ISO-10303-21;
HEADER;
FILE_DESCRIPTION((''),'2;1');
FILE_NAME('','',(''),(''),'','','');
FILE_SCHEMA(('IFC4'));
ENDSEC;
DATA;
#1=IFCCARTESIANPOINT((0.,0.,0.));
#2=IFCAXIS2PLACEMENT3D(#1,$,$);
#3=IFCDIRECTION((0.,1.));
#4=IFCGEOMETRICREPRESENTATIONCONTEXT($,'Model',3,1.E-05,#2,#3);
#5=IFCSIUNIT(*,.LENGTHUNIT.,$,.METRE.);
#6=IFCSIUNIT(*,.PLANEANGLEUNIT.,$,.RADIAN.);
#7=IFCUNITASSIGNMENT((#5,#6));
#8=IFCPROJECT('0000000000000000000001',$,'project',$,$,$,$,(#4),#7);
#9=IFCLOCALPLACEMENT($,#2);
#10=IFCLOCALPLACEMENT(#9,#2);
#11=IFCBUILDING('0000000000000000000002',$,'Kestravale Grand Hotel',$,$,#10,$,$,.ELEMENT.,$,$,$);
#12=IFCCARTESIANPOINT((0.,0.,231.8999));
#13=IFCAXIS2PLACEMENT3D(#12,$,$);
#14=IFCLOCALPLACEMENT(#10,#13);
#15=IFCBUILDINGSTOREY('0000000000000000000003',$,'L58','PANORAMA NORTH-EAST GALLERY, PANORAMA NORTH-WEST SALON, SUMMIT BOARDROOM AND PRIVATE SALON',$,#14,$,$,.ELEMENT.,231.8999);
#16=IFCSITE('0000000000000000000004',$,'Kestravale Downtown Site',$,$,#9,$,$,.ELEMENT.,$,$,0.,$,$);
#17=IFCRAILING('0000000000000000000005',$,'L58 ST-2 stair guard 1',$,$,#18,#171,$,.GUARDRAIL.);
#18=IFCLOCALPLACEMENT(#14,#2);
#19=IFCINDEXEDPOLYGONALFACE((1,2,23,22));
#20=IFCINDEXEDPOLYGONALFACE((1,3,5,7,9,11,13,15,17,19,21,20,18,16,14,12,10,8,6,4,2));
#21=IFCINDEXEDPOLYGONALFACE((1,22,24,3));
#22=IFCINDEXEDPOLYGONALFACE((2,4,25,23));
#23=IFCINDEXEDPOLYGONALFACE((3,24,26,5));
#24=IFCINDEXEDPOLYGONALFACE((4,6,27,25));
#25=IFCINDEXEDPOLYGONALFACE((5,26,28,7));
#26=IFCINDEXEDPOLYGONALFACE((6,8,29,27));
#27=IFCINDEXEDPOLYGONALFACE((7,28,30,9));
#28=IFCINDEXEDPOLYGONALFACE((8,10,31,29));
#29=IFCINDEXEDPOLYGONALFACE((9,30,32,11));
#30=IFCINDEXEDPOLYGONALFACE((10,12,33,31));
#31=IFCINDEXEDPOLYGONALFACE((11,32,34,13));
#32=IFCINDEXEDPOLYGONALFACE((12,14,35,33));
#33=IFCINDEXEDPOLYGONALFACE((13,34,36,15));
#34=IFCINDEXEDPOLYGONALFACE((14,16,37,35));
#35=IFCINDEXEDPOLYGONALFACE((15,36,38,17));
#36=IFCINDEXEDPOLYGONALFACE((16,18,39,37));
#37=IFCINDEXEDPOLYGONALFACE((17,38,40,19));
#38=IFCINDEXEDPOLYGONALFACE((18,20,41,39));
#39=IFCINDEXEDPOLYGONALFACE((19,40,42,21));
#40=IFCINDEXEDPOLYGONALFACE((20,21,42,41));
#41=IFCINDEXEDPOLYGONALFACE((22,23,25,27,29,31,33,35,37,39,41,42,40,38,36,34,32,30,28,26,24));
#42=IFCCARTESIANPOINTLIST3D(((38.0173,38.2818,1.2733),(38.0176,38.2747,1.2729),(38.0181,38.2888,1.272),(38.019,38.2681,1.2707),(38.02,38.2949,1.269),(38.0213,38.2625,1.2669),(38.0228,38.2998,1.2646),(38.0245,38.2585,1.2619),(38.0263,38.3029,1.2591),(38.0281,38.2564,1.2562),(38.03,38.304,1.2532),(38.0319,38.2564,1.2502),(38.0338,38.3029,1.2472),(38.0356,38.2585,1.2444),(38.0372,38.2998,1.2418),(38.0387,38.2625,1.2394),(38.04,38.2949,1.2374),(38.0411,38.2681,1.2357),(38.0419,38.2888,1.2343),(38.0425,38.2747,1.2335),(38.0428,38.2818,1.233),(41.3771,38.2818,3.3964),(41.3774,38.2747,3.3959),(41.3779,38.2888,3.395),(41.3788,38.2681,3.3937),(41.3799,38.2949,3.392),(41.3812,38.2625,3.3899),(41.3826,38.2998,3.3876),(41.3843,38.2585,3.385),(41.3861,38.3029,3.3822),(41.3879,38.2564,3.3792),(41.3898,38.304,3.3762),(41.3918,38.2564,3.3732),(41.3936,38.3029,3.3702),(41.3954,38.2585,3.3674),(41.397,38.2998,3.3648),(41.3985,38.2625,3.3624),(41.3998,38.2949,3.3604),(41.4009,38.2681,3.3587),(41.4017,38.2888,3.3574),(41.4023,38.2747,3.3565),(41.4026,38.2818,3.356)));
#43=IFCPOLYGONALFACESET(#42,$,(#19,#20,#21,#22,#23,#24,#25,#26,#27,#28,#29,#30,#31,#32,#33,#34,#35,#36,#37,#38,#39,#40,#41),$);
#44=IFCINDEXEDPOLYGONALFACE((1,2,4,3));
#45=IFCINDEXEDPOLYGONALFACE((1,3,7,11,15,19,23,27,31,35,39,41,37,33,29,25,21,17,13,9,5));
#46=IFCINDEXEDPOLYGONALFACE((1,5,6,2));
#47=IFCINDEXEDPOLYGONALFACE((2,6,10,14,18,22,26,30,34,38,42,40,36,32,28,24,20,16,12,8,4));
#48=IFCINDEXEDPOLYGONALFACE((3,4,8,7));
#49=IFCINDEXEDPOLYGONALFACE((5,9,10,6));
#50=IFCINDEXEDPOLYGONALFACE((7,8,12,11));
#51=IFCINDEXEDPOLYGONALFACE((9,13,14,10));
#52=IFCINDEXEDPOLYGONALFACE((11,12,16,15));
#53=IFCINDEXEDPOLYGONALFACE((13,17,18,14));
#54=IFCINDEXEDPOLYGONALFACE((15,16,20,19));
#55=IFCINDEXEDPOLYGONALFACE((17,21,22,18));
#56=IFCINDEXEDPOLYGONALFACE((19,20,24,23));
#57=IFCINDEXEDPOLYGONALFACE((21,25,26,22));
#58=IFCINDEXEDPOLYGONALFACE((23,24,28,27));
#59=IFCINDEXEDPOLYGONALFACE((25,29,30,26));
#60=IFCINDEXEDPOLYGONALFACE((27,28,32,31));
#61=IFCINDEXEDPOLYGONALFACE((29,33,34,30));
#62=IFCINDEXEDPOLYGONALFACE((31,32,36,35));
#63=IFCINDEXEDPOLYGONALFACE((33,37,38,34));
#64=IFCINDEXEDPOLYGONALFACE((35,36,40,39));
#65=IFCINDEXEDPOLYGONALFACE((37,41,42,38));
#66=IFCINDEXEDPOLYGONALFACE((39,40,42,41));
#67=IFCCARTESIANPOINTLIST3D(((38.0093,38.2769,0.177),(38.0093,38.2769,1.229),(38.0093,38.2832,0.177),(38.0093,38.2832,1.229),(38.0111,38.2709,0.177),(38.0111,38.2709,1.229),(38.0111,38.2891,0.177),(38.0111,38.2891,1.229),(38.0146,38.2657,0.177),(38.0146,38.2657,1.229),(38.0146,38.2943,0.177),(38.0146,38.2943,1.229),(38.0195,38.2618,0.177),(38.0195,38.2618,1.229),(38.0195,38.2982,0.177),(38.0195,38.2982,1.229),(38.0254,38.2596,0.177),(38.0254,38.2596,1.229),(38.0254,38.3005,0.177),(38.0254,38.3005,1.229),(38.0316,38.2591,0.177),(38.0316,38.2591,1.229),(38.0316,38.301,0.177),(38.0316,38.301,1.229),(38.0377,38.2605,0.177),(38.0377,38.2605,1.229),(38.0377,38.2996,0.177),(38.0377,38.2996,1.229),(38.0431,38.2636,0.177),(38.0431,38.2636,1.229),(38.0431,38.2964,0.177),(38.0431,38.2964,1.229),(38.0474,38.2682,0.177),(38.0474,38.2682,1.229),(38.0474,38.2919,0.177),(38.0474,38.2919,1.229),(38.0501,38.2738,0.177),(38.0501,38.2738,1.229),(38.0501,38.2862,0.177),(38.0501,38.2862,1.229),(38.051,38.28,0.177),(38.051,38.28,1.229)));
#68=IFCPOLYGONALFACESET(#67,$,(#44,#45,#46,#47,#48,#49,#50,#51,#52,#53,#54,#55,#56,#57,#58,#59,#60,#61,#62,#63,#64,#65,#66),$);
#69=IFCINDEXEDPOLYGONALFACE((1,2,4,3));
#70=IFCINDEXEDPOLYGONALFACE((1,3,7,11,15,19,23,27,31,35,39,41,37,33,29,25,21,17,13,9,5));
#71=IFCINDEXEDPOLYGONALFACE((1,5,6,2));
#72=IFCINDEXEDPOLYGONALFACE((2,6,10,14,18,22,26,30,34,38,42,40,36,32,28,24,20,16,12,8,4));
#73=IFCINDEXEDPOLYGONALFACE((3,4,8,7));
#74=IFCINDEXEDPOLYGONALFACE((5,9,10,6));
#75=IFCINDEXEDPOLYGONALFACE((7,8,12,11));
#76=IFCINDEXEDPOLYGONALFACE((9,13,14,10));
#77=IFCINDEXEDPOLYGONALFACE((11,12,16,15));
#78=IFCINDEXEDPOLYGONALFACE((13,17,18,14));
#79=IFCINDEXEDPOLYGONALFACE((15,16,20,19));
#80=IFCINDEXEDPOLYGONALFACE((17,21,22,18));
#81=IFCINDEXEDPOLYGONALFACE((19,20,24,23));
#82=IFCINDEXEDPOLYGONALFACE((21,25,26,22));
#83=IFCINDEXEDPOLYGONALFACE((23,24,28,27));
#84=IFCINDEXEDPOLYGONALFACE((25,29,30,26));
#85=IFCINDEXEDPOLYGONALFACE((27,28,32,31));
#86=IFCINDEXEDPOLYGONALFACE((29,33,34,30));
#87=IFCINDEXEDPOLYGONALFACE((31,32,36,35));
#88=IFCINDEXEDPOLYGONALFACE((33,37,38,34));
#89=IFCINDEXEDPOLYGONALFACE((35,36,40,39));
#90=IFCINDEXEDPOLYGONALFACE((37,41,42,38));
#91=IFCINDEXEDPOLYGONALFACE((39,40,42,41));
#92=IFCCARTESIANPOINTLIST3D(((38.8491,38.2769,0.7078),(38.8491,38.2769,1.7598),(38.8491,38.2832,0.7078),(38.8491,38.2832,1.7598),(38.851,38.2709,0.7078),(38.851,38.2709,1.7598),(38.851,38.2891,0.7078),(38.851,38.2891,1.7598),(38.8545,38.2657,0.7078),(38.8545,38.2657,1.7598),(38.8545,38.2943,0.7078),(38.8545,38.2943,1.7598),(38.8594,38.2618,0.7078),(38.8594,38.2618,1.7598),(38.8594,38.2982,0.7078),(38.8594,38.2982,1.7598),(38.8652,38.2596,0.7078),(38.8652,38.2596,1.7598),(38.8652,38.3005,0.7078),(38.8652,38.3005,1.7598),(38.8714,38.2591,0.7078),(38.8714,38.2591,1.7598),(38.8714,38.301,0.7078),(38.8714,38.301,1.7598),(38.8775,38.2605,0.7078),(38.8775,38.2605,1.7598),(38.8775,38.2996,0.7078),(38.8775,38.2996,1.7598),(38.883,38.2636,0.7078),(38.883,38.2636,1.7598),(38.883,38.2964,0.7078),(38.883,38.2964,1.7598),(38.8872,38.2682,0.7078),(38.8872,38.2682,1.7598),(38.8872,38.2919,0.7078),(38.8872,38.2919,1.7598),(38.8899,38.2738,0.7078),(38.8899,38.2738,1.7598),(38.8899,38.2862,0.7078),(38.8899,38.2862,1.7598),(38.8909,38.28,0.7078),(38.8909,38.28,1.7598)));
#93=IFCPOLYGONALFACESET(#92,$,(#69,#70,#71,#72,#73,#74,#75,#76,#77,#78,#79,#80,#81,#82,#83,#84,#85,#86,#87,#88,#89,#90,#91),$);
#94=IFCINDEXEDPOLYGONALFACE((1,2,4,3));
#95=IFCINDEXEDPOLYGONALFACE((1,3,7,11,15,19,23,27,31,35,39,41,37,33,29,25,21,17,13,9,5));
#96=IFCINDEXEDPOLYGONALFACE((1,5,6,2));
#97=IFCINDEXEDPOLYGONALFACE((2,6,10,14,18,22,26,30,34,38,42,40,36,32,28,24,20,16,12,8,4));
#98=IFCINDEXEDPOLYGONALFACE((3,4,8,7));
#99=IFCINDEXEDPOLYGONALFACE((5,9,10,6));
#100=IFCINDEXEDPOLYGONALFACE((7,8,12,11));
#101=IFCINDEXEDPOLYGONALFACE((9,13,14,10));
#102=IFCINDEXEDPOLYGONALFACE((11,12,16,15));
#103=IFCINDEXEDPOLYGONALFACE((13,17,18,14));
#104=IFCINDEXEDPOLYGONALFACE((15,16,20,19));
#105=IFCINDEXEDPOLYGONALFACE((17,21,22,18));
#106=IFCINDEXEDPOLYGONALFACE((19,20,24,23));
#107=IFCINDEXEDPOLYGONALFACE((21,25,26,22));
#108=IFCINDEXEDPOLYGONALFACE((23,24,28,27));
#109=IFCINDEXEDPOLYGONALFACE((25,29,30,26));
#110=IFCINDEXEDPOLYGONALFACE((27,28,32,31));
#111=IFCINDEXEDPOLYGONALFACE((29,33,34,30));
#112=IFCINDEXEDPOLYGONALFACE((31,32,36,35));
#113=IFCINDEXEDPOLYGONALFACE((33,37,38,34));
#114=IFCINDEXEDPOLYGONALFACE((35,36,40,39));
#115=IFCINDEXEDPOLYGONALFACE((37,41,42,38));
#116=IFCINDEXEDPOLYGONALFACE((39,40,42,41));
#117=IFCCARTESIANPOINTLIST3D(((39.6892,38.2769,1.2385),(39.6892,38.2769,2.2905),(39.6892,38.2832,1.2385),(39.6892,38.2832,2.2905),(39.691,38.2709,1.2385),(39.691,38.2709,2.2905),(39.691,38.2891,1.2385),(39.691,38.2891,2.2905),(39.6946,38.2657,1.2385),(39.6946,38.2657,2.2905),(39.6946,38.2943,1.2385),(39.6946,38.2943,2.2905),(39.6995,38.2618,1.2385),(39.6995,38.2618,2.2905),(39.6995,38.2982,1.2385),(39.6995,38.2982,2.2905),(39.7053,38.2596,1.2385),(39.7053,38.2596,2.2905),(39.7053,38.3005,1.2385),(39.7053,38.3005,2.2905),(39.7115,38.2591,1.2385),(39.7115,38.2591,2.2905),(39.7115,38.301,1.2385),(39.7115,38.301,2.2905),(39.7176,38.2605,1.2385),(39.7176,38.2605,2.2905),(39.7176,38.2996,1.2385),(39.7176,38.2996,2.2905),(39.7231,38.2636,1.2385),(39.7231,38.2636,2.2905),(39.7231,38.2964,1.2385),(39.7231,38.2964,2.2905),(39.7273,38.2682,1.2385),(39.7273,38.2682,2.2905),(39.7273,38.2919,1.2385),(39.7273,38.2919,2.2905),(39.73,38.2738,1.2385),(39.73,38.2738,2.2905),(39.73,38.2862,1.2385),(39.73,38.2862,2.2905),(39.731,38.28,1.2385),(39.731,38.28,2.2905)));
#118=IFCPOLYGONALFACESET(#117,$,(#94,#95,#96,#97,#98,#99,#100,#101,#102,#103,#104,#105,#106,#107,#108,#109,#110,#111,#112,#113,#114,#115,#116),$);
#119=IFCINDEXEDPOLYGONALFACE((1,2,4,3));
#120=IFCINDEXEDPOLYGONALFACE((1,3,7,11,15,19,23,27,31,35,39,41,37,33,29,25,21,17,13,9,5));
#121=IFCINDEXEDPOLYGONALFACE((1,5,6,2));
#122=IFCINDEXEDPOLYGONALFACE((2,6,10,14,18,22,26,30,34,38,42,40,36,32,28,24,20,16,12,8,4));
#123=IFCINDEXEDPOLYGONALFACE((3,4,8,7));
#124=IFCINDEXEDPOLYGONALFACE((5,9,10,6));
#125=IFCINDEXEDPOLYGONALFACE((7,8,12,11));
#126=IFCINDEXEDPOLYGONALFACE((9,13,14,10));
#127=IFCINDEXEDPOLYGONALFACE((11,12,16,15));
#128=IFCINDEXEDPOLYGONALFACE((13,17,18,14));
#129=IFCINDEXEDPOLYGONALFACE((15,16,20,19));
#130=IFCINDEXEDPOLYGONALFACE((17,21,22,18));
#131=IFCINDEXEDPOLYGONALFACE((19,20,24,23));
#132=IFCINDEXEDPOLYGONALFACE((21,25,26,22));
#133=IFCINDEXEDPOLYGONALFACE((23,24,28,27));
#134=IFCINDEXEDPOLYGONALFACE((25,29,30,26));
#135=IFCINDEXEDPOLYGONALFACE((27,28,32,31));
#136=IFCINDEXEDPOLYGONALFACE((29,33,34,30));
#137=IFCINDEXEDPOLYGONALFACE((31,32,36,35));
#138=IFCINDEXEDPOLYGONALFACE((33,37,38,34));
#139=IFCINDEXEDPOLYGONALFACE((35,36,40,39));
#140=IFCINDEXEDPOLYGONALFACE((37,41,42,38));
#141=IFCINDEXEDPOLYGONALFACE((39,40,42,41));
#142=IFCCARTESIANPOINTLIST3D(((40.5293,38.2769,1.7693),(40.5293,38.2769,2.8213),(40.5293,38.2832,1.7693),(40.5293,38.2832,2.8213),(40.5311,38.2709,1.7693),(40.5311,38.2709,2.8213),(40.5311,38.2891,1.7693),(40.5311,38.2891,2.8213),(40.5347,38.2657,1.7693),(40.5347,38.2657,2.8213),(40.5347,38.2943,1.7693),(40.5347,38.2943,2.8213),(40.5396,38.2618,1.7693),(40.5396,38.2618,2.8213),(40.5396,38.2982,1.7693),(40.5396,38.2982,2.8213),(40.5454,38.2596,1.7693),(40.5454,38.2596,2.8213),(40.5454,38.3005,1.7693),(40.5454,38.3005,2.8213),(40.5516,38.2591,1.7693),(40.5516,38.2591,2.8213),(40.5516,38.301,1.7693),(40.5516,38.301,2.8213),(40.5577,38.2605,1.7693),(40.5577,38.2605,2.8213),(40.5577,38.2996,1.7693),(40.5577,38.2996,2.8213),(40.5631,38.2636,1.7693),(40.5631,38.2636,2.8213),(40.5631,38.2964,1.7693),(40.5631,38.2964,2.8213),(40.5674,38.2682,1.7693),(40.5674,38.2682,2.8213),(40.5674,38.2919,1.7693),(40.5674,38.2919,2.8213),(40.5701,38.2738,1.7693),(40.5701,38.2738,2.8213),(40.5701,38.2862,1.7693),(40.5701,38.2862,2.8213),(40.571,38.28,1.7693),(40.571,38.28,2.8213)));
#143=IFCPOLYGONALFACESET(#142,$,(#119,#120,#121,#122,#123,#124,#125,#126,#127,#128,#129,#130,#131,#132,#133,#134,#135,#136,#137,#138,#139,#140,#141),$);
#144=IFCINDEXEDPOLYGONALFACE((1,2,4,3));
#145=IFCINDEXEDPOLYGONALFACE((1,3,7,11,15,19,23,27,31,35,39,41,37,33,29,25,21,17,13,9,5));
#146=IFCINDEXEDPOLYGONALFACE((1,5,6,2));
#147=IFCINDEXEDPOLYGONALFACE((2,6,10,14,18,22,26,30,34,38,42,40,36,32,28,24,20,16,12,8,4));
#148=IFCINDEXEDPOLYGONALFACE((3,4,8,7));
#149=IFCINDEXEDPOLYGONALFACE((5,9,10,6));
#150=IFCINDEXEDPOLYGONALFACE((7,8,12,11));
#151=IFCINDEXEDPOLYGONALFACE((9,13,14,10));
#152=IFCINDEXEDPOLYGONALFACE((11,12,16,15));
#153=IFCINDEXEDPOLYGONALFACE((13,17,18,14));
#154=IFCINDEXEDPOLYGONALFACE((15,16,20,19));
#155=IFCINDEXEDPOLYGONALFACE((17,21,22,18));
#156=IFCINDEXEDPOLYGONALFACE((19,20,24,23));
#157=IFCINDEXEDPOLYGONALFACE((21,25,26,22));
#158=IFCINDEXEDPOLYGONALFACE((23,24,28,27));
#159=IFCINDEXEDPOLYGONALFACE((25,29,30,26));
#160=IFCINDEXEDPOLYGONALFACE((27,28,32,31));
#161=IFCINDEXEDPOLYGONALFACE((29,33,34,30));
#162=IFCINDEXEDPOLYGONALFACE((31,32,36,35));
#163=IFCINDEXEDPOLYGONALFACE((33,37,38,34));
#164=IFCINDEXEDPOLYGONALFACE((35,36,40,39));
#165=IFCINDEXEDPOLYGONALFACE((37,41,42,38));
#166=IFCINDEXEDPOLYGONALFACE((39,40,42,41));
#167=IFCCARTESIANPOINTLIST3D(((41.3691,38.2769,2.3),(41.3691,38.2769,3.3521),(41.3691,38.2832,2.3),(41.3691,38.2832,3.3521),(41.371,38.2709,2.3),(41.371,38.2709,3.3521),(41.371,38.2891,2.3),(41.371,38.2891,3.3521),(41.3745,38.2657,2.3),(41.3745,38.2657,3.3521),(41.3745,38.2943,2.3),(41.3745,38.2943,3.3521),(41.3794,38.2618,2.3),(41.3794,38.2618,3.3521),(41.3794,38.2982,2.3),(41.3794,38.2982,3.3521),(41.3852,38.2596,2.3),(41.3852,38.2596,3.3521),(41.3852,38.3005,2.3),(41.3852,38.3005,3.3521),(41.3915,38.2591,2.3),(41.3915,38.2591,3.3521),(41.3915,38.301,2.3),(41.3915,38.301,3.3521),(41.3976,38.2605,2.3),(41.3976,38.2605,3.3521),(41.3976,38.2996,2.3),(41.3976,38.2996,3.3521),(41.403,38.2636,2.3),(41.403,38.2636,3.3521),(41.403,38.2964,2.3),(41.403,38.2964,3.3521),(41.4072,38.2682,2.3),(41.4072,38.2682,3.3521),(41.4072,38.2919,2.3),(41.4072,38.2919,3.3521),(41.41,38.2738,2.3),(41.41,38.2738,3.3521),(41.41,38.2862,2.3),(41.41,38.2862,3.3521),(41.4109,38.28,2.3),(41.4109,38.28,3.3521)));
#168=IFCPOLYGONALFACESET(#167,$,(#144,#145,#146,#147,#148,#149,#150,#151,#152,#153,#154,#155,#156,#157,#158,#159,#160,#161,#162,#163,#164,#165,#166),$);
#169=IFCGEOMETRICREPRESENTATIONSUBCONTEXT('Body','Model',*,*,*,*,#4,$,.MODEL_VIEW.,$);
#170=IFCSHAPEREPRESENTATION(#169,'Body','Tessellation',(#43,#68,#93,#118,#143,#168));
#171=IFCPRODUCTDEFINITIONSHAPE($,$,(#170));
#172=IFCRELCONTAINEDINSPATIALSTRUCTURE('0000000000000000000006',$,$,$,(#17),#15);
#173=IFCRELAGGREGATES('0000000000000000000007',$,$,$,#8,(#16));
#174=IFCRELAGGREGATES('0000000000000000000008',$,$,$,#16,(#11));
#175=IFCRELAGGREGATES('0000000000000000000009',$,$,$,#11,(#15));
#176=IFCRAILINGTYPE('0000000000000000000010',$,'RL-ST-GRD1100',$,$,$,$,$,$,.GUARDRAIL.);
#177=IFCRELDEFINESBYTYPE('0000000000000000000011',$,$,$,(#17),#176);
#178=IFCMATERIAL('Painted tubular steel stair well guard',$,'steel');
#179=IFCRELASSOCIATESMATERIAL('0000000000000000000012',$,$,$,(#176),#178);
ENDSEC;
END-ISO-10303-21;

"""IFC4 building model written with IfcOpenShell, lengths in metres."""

from ifc_helpers import new_model, si_unit, direction, frame, origin, origin_2d, place, context, subcontext, project, spatial, circle, extrude, material, type_object, element, save


model = new_model("IFC4")

# Units and contexts
model_context = context("Model", 3, precision=1e-05, world=origin(), true_north=direction((0.0, 1.0)))
body_context = subcontext(model_context, "Body", "Model", "MODEL_VIEW")
ifc_project = project(units=[si_unit("LENGTHUNIT", "METRE"), si_unit("PLANEANGLEUNIT", "RADIAN")], contexts=[model_context])

# Site, building, storey
site_placement = place(None, origin())
site = spatial("IfcSite", under=ifc_project, at=site_placement, Name="Kestravale Downtown Site", CompositionType="ELEMENT", RefElevation=0.0)
building_placement = place(site_placement, origin())
building = spatial("IfcBuilding", under=site, at=building_placement, Name="Kestravale Grand Hotel", CompositionType="ELEMENT")
storey_placement = place(building_placement, frame((0.0, 0.0, 231.8999)))
storey = spatial("IfcBuildingStorey", under=building, at=storey_placement, Name="L58", Description="PANORAMA NORTH-EAST GALLERY, PANORAMA NORTH-WEST SALON, SUMMIT BOARDROOM AND PRIVATE SALON", CompositionType="ELEMENT", Elevation=231.8999)

# Railing
ifc_material_1 = material(Name="Painted tubular steel stair well guard", Category="steel")
railing_type_1 = type_object("IfcRailingType", Name="RL-ST-GRD1100", PredefinedType="GUARDRAIL", material=ifc_material_1)
railing_1_placement = place(storey_placement, frame((38.03, 38.28, 0.177)))
element("IfcRailing", 1, at=railing_1_placement, inside=storey, type_object=railing_type_1, Name="L58 ST-2 stair guard 1", PredefinedType="GUARDRAIL", context=body_context, shape_type="SweptSolid", body=[
    extrude(circle(Radius=0.0239, at=origin_2d()), frame((0.0, 0.0, 1.0762), z_axis=(0.845372, 0.0, 0.534178), x_axis=(0.0, 1.0, 0.0)), (0.0, 0.0, 1.0), 3.9744),
    extrude(circle(Radius=0.021, at=origin_2d()), origin(), (0.0, 0.0, 1.0), 1.052),
    extrude(circle(Radius=0.021, at=origin_2d()), frame((0.8398, 0.0, 0.5308)), (0.0, 0.0, 1.0), 1.052),
    extrude(circle(Radius=0.021, at=origin_2d()), frame((1.6799, 0.0, 1.0615)), (0.0, 0.0, 1.0), 1.052),
    extrude(circle(Radius=0.021, at=origin_2d()), frame((2.52, 0.0, 1.5923)), (0.0, 0.0, 1.0), 1.052),
    extrude(circle(Radius=0.021, at=origin_2d()), frame((3.3599, 0.0, 2.123)), (0.0, 0.0, 1.0), 1.052),
])

save(model, "model.ifc")
